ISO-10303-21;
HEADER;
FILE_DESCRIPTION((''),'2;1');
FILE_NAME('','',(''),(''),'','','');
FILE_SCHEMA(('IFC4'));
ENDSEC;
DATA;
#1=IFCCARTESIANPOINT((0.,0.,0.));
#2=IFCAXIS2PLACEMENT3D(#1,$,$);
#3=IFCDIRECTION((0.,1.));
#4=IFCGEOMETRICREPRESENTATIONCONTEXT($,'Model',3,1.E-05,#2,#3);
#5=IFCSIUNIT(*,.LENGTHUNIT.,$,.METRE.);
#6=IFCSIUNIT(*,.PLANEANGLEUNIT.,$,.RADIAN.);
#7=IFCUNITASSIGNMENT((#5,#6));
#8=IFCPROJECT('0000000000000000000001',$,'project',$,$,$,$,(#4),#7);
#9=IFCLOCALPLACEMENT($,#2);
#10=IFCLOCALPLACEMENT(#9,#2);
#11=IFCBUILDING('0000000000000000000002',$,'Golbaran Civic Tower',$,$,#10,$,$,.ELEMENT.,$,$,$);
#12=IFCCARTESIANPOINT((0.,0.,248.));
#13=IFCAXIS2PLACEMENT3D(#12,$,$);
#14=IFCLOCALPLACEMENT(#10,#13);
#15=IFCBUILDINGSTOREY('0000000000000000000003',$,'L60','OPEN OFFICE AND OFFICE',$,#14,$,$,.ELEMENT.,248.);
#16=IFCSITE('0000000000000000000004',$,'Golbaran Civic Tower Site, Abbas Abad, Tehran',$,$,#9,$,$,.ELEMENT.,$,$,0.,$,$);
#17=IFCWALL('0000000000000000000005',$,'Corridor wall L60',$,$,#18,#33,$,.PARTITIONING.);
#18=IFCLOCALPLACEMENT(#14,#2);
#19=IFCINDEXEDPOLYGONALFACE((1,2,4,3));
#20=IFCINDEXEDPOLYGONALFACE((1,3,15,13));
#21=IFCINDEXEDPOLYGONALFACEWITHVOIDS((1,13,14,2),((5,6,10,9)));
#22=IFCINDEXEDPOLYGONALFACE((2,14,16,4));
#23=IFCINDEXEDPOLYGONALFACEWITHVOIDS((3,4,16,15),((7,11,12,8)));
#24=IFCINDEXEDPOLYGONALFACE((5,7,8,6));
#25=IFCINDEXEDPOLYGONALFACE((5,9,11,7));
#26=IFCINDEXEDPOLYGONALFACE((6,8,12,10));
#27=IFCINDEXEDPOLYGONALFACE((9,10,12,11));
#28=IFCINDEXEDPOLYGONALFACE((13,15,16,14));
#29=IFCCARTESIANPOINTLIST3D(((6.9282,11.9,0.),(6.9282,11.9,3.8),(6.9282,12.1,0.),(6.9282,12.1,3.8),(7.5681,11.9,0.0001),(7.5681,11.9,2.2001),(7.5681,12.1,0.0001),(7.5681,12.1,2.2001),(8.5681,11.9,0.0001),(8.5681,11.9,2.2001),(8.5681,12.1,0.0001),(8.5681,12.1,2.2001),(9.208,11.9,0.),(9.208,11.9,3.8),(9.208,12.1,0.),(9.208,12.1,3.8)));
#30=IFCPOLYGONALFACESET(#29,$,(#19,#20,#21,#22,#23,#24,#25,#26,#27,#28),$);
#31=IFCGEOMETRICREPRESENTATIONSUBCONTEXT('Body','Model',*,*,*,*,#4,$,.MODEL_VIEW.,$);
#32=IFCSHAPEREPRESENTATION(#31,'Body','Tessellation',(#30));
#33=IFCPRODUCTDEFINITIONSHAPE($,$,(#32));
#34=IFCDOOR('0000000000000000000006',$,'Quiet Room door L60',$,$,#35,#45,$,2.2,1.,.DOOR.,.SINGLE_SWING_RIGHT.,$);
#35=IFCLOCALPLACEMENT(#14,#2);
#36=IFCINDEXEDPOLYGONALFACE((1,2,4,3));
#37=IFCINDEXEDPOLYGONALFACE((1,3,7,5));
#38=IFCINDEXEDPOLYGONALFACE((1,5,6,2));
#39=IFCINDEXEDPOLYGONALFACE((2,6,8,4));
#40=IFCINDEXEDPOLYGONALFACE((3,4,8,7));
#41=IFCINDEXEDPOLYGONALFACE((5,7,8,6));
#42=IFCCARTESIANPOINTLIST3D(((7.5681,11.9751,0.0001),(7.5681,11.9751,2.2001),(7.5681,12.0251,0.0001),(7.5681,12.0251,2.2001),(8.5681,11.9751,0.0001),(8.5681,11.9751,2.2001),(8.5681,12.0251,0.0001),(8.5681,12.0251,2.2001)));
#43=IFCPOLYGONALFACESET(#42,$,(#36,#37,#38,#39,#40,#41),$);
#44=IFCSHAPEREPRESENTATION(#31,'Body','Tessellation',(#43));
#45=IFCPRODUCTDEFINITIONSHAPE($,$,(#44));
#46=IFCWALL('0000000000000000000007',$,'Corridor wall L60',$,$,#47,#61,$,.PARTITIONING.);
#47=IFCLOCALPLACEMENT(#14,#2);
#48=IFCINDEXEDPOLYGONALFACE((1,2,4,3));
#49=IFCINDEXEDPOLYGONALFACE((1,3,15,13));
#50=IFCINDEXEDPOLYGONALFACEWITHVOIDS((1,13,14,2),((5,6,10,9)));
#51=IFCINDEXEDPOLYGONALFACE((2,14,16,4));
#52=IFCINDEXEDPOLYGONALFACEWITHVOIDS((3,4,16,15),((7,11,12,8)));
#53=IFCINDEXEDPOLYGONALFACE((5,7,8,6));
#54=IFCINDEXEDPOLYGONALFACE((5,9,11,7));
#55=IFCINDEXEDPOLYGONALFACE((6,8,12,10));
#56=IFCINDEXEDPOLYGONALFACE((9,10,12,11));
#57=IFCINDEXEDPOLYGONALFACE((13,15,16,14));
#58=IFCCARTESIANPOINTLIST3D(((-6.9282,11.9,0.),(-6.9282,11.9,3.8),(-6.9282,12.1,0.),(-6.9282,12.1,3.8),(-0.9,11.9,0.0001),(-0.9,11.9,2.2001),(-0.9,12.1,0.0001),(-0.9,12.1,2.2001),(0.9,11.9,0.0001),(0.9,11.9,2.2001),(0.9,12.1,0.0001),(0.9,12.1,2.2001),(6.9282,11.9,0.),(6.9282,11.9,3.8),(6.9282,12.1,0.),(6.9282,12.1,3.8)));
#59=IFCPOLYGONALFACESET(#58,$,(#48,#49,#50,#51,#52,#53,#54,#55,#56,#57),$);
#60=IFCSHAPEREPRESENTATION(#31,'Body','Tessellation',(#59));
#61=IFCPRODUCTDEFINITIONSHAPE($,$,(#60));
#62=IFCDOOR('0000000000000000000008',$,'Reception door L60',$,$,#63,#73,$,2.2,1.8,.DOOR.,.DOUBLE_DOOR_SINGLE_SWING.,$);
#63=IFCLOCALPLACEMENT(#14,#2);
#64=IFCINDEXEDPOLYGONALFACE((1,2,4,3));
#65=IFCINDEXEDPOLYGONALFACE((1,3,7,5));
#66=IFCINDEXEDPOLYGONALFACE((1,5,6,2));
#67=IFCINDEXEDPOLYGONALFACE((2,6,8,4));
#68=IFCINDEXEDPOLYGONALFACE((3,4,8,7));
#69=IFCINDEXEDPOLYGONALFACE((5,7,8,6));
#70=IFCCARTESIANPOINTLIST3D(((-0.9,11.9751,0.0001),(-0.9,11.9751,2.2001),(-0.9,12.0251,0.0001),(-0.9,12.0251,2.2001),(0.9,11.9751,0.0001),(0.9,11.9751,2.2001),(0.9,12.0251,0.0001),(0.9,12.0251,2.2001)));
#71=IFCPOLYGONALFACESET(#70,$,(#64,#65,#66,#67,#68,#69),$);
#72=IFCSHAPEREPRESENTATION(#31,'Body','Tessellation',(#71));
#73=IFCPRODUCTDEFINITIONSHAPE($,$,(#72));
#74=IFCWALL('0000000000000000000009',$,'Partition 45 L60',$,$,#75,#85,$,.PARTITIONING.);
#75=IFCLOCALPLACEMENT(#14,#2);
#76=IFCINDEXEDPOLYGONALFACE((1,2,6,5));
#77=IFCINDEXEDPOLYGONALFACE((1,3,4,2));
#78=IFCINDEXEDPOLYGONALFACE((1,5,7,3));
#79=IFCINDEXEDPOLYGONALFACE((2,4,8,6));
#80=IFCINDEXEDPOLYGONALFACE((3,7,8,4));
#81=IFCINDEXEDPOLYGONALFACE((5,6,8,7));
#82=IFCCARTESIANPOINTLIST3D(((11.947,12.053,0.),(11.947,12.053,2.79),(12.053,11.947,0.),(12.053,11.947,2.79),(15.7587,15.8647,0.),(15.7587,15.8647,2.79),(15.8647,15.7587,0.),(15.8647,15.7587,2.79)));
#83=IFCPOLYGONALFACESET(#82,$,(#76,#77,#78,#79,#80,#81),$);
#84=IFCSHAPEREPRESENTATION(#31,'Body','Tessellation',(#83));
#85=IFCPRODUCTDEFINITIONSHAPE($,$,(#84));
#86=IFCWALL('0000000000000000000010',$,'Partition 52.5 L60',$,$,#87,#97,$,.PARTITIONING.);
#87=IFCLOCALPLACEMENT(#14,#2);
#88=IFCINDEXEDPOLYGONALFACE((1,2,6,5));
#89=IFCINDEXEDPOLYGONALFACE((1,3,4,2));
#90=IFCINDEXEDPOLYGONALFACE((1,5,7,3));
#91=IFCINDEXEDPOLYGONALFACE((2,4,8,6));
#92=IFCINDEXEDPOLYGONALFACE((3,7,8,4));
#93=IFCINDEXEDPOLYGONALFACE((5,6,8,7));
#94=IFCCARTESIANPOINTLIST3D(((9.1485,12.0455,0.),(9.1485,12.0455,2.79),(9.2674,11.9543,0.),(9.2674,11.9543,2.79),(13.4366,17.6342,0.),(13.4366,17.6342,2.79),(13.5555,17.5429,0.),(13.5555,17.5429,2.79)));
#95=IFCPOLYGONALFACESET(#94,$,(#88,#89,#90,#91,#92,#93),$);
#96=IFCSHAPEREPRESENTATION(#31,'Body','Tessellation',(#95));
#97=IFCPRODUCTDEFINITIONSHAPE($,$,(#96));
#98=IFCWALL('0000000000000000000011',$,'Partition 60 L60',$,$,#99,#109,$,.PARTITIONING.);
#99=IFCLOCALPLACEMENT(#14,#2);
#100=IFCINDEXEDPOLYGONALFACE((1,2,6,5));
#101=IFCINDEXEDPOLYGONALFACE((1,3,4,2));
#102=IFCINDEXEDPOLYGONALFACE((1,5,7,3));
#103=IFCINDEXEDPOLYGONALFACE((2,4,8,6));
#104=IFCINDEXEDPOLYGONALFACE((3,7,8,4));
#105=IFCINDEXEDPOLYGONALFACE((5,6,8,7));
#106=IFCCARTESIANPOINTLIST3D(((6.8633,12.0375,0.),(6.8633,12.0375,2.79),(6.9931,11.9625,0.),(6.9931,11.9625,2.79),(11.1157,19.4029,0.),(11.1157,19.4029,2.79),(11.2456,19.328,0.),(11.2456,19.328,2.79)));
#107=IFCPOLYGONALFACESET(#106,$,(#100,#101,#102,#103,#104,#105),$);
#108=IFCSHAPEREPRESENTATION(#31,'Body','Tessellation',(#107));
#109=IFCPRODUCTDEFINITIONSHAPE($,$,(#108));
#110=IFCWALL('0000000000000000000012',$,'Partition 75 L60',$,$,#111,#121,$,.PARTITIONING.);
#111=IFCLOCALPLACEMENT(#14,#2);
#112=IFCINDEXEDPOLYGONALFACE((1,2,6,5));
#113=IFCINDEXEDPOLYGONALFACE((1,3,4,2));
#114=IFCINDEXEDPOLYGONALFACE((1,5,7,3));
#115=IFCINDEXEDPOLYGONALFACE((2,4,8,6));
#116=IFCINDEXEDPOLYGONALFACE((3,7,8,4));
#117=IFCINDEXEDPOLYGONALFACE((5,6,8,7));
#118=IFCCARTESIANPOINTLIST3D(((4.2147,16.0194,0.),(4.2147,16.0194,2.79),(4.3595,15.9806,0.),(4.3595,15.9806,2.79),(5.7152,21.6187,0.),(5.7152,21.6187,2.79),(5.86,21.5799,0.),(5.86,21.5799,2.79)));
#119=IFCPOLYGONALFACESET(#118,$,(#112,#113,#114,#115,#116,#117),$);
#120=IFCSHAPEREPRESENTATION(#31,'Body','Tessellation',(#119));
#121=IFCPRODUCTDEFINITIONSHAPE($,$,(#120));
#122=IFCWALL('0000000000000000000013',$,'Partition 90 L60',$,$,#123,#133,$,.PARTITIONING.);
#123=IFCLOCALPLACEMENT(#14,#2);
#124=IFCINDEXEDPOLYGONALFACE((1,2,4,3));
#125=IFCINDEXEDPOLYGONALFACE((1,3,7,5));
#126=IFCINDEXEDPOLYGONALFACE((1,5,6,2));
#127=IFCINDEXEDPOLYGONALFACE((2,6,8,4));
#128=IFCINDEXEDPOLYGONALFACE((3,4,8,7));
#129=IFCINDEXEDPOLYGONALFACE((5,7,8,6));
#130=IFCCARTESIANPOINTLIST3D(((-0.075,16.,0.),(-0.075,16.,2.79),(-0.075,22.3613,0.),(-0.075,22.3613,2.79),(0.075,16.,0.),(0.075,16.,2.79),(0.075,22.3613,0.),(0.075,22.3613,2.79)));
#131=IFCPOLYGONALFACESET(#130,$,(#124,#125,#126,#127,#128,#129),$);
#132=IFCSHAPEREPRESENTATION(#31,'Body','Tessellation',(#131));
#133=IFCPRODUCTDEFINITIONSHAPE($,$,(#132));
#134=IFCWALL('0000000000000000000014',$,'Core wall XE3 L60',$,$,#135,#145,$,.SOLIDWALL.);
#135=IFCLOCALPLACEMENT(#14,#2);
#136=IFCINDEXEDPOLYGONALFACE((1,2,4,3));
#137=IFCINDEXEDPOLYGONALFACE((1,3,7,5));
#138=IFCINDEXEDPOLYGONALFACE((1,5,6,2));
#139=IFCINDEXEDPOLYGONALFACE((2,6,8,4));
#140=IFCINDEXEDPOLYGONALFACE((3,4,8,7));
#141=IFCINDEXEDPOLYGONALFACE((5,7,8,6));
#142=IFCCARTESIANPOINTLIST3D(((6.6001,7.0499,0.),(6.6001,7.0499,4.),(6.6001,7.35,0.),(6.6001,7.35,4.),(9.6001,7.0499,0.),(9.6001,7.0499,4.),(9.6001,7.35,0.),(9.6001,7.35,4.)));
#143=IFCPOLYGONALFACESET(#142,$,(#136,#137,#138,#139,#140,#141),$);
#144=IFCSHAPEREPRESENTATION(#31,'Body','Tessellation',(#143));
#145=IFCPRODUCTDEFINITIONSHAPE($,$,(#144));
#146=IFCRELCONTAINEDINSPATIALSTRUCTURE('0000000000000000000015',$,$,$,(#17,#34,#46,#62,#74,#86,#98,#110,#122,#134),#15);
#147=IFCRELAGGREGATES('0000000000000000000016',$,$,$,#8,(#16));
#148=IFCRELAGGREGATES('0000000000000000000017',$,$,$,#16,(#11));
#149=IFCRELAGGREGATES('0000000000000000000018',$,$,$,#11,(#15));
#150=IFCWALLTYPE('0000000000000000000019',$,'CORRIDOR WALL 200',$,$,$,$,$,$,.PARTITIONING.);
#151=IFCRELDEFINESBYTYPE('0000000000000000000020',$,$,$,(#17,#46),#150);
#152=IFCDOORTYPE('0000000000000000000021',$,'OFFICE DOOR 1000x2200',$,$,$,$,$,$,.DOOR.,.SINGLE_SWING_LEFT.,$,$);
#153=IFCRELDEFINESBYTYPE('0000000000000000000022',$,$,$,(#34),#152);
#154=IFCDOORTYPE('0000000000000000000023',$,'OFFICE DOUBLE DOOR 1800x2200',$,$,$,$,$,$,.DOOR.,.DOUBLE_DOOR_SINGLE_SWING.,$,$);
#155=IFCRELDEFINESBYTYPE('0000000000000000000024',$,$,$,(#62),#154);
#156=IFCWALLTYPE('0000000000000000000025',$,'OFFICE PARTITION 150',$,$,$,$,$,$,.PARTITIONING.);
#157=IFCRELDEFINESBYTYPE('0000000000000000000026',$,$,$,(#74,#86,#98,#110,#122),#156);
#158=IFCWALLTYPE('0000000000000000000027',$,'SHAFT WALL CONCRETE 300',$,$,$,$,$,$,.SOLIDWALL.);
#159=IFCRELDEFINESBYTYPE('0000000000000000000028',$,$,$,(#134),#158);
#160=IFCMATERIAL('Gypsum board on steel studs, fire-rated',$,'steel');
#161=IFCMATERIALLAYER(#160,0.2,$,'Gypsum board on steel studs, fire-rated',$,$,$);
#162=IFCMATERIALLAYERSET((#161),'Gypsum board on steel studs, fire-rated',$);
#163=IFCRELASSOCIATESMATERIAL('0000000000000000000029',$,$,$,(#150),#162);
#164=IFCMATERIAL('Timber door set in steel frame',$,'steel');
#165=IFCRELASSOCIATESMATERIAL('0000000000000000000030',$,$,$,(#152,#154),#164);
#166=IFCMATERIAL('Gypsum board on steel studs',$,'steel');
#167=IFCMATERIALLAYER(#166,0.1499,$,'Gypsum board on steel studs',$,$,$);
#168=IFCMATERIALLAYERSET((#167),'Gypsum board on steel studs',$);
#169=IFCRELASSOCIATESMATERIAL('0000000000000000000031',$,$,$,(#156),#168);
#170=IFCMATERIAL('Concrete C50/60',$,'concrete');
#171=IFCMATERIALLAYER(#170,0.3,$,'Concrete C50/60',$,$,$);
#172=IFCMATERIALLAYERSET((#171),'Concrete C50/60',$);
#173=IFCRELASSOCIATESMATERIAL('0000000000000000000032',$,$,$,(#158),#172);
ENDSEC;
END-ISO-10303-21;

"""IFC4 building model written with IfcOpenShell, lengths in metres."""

from ifc_helpers import new_model, si_unit, direction, frame, frame_2d, origin, place, context, subcontext, project, spatial, rectangle, extrude, material, layer, layer_set, type_object, element, fill, save


model = new_model("IFC4")

# Units and contexts
model_context = context("Model", 3, precision=1e-05, world=origin(), true_north=direction((0.0, 1.0)))
body_context = subcontext(model_context, "Body", "Model", "MODEL_VIEW")
ifc_project = project(units=[si_unit("LENGTHUNIT", "METRE"), si_unit("PLANEANGLEUNIT", "RADIAN")], contexts=[model_context])

# Site, building, storey
site_placement = place(None, origin())
site = spatial("IfcSite", under=ifc_project, at=site_placement, Name="Golbaran Civic Tower Site, Abbas Abad, Tehran", CompositionType="ELEMENT", RefElevation=0.0)
building_placement = place(site_placement, origin())
building = spatial("IfcBuilding", under=site, at=building_placement, Name="Golbaran Civic Tower", CompositionType="ELEMENT")
storey_placement = place(building_placement, frame((0.0, 0.0, 248.0)))
storey = spatial("IfcBuildingStorey", under=building, at=storey_placement, Name="L60", Description="OPEN OFFICE AND OFFICE", CompositionType="ELEMENT", Elevation=248.0)

# Walls, openings, doors
ifc_material_1 = material(Name="Concrete C50/60", Category="concrete")
ifc_material_2 = material(Name="Timber door set in steel frame", Category="steel")
ifc_material_3 = material(Name="Gypsum board on steel studs, fire-rated", Category="steel")
ifc_layer_1 = layer(ifc_material_3, 0.2, Name="Gypsum board on steel studs, fire-rated")
ifc_layer_set_1 = layer_set([ifc_layer_1], Name="Gypsum board on steel studs, fire-rated")
wall_type_1 = type_object("IfcWallType", Name="CORRIDOR WALL 200", PredefinedType="PARTITIONING", material=ifc_layer_set_1)
door_type_1 = type_object("IfcDoorType", Name="OFFICE DOOR 1000x2200", OperationType="SINGLE_SWING_LEFT", PredefinedType="DOOR", material=ifc_material_2)
wall_1_placement = place(storey_placement, frame((9.208, 12.0, 0.0), z_axis=(0.0, 0.0, 1.0), x_axis=(-1.0, 0.0, 0.0)))
wall_1 = element("IfcWall", 1, at=wall_1_placement, inside=storey, type_object=wall_type_1, Name="Corridor wall L60", PredefinedType="PARTITIONING", context=body_context, shape_type="SweptSolid", body=[
    extrude(rectangle(XDim=2.2798, YDim=0.2, at=frame_2d((1.1399, 0.0))), origin(), (0.0, 0.0, 1.0), 3.8),
])
opening_1_placement = place(wall_1_placement, frame((0.6399, 0.0, 0.0)))
opening_1 = element("IfcOpeningElement", 2, at=opening_1_placement, cuts=wall_1, PredefinedType="OPENING", context=body_context, shape_type="SweptSolid", body=[
    extrude(rectangle(XDim=1.0, YDim=2.2, at=frame_2d((0.5, 1.1001))), frame((0.0, 0.1099, 0.0), z_axis=(0.0, -1.0, 0.0), x_axis=(1.0, 0.0, 0.0)), (0.0, 0.0, 1.0), 0.22),
])
door_1_placement = place(opening_1_placement, origin())
door_1 = element("IfcDoor", 3, at=door_1_placement, inside=storey, type_object=door_type_1, Name="Quiet Room door L60", OperationType="SINGLE_SWING_RIGHT", OverallHeight=2.2, OverallWidth=1.0, PredefinedType="DOOR", context=body_context, shape_type="SweptSolid", body=[
    extrude(rectangle(XDim=1.0, YDim=2.2, at=frame_2d((0.5, 1.1001))), frame((0.0, 0.0249, 0.0), z_axis=(0.0, -1.0, 0.0), x_axis=(1.0, 0.0, 0.0)), (0.0, 0.0, 1.0), 0.05),
])
fill(opening_1, door_1)
wall_2_placement = place(storey_placement, frame((6.9282, 12.0, 0.0), z_axis=(0.0, 0.0, 1.0), x_axis=(-1.0, 0.0, 0.0)))
wall_2 = element("IfcWall", 4, at=wall_2_placement, inside=storey, type_object=wall_type_1, Name="Corridor wall L60", PredefinedType="PARTITIONING", context=body_context, shape_type="SweptSolid", body=[
    extrude(rectangle(XDim=13.8564, YDim=0.2, at=frame_2d((6.9282, 0.0))), origin(), (0.0, 0.0, 1.0), 3.8),
])
opening_2_placement = place(wall_2_placement, frame((6.0283, 0.0, 0.0)))
opening_2 = element("IfcOpeningElement", 5, at=opening_2_placement, cuts=wall_2, PredefinedType="OPENING", context=body_context, shape_type="SweptSolid", body=[
    extrude(rectangle(XDim=1.8, YDim=2.2, at=frame_2d((0.8999, 1.1001))), frame((0.0, 0.1099, 0.0), z_axis=(0.0, -1.0, 0.0), x_axis=(1.0, 0.0, 0.0)), (0.0, 0.0, 1.0), 0.22),
])
door_type_2 = type_object("IfcDoorType", Name="OFFICE DOUBLE DOOR 1800x2200", OperationType="DOUBLE_DOOR_SINGLE_SWING", PredefinedType="DOOR", material=ifc_material_2)
door_2_placement = place(opening_2_placement, origin())
door_2 = element("IfcDoor", 6, at=door_2_placement, inside=storey, type_object=door_type_2, Name="Reception door L60", OperationType="DOUBLE_DOOR_SINGLE_SWING", OverallHeight=2.2, OverallWidth=1.8, PredefinedType="DOOR", context=body_context, shape_type="SweptSolid", body=[
    extrude(rectangle(XDim=1.8, YDim=2.2, at=frame_2d((0.8999, 1.1001))), frame((0.0, 0.0249, 0.0), z_axis=(0.0, -1.0, 0.0), x_axis=(1.0, 0.0, 0.0)), (0.0, 0.0, 1.0), 0.05),
])
fill(opening_2, door_2)

# Walls
ifc_material_4 = material(Name="Gypsum board on steel studs", Category="steel")
ifc_layer_2 = layer(ifc_material_4, 0.1499, Name="Gypsum board on steel studs")
ifc_layer_set_2 = layer_set([ifc_layer_2], Name="Gypsum board on steel studs")
wall_type_2 = type_object("IfcWallType", Name="OFFICE PARTITION 150", PredefinedType="PARTITIONING", material=ifc_layer_set_2)
wall_3_placement = place(storey_placement, frame((12.0, 12.0, 0.0), z_axis=(0.0, 0.0, 1.0), x_axis=(0.707107, 0.707107, 0.0)))
element("IfcWall", 7, at=wall_3_placement, inside=storey, type_object=wall_type_2, Name="Partition 45 L60", PredefinedType="PARTITIONING", context=body_context, shape_type="SweptSolid", body=[
    extrude(rectangle(XDim=5.3906, YDim=0.1499, at=frame_2d((2.6953, 0.0))), origin(), (0.0, 0.0, 1.0), 2.79),
])
wall_4_placement = place(storey_placement, frame((9.208, 12.0, 0.0), z_axis=(0.0, 0.0, 1.0), x_axis=(0.608742, 0.793368, 0.0)))
element("IfcWall", 8, at=wall_4_placement, inside=storey, type_object=wall_type_2, Name="Partition 52.5 L60", PredefinedType="PARTITIONING", context=body_context, shape_type="SweptSolid", body=[
    extrude(rectangle(XDim=7.0442, YDim=0.1499, at=frame_2d((3.522, 0.0))), origin(), (0.0, 0.0, 1.0), 2.79),
])
wall_5_placement = place(storey_placement, frame((6.9282, 12.0, 0.0), z_axis=(0.0, 0.0, 1.0), x_axis=(0.499998, 0.866026, 0.0)))
element("IfcWall", 9, at=wall_5_placement, inside=storey, type_object=wall_type_2, Name="Partition 60 L60", PredefinedType="PARTITIONING", context=body_context, shape_type="SweptSolid", body=[
    extrude(rectangle(XDim=8.5049, YDim=0.1499, at=frame_2d((4.2524, 0.0))), origin(), (0.0, 0.0, 1.0), 2.79),
])
wall_6_placement = place(storey_placement, frame((4.2871, 16.0, 0.0), z_axis=(0.0, 0.0, 1.0), x_axis=(0.258842, 0.96592, 0.0)))
element("IfcWall", 10, at=wall_6_placement, inside=storey, type_object=wall_type_2, Name="Partition 75 L60", PredefinedType="PARTITIONING", context=body_context, shape_type="SweptSolid", body=[
    extrude(rectangle(XDim=5.7969, YDim=0.1499, at=frame_2d((2.8984, 0.0))), origin(), (0.0, 0.0, 1.0), 2.79),
])
wall_7_placement = place(storey_placement, frame((0.0, 16.0, 0.0), z_axis=(0.0, 0.0, 1.0), x_axis=(0.0, 1.0, 0.0)))
element("IfcWall", 11, at=wall_7_placement, inside=storey, type_object=wall_type_2, Name="Partition 90 L60", PredefinedType="PARTITIONING", context=body_context, shape_type="SweptSolid", body=[
    extrude(rectangle(XDim=6.3613, YDim=0.1499, at=frame_2d((3.1807, 0.0))), origin(), (0.0, 0.0, 1.0), 2.79),
])
ifc_layer_3 = layer(ifc_material_1, 0.3, Name="Concrete C50/60")
ifc_layer_set_3 = layer_set([ifc_layer_3], Name="Concrete C50/60")
wall_type_3 = type_object("IfcWallType", Name="SHAFT WALL CONCRETE 300", PredefinedType="SOLIDWALL", material=ifc_layer_set_3)
wall_8_placement = place(storey_placement, frame((6.6001, 7.2, 0.0), z_axis=(0.0, 0.0, 1.0), x_axis=(1.0, 0.0, 0.0)))
element("IfcWall", 12, at=wall_8_placement, inside=storey, type_object=wall_type_3, Name="Core wall XE3 L60", PredefinedType="SOLIDWALL", context=body_context, shape_type="SweptSolid", body=[
    extrude(rectangle(XDim=3.0, YDim=0.3, at=frame_2d((1.5, 0.0))), origin(), (0.0, 0.0, 1.0), 4.0),
])

save(model, "model.ifc")
